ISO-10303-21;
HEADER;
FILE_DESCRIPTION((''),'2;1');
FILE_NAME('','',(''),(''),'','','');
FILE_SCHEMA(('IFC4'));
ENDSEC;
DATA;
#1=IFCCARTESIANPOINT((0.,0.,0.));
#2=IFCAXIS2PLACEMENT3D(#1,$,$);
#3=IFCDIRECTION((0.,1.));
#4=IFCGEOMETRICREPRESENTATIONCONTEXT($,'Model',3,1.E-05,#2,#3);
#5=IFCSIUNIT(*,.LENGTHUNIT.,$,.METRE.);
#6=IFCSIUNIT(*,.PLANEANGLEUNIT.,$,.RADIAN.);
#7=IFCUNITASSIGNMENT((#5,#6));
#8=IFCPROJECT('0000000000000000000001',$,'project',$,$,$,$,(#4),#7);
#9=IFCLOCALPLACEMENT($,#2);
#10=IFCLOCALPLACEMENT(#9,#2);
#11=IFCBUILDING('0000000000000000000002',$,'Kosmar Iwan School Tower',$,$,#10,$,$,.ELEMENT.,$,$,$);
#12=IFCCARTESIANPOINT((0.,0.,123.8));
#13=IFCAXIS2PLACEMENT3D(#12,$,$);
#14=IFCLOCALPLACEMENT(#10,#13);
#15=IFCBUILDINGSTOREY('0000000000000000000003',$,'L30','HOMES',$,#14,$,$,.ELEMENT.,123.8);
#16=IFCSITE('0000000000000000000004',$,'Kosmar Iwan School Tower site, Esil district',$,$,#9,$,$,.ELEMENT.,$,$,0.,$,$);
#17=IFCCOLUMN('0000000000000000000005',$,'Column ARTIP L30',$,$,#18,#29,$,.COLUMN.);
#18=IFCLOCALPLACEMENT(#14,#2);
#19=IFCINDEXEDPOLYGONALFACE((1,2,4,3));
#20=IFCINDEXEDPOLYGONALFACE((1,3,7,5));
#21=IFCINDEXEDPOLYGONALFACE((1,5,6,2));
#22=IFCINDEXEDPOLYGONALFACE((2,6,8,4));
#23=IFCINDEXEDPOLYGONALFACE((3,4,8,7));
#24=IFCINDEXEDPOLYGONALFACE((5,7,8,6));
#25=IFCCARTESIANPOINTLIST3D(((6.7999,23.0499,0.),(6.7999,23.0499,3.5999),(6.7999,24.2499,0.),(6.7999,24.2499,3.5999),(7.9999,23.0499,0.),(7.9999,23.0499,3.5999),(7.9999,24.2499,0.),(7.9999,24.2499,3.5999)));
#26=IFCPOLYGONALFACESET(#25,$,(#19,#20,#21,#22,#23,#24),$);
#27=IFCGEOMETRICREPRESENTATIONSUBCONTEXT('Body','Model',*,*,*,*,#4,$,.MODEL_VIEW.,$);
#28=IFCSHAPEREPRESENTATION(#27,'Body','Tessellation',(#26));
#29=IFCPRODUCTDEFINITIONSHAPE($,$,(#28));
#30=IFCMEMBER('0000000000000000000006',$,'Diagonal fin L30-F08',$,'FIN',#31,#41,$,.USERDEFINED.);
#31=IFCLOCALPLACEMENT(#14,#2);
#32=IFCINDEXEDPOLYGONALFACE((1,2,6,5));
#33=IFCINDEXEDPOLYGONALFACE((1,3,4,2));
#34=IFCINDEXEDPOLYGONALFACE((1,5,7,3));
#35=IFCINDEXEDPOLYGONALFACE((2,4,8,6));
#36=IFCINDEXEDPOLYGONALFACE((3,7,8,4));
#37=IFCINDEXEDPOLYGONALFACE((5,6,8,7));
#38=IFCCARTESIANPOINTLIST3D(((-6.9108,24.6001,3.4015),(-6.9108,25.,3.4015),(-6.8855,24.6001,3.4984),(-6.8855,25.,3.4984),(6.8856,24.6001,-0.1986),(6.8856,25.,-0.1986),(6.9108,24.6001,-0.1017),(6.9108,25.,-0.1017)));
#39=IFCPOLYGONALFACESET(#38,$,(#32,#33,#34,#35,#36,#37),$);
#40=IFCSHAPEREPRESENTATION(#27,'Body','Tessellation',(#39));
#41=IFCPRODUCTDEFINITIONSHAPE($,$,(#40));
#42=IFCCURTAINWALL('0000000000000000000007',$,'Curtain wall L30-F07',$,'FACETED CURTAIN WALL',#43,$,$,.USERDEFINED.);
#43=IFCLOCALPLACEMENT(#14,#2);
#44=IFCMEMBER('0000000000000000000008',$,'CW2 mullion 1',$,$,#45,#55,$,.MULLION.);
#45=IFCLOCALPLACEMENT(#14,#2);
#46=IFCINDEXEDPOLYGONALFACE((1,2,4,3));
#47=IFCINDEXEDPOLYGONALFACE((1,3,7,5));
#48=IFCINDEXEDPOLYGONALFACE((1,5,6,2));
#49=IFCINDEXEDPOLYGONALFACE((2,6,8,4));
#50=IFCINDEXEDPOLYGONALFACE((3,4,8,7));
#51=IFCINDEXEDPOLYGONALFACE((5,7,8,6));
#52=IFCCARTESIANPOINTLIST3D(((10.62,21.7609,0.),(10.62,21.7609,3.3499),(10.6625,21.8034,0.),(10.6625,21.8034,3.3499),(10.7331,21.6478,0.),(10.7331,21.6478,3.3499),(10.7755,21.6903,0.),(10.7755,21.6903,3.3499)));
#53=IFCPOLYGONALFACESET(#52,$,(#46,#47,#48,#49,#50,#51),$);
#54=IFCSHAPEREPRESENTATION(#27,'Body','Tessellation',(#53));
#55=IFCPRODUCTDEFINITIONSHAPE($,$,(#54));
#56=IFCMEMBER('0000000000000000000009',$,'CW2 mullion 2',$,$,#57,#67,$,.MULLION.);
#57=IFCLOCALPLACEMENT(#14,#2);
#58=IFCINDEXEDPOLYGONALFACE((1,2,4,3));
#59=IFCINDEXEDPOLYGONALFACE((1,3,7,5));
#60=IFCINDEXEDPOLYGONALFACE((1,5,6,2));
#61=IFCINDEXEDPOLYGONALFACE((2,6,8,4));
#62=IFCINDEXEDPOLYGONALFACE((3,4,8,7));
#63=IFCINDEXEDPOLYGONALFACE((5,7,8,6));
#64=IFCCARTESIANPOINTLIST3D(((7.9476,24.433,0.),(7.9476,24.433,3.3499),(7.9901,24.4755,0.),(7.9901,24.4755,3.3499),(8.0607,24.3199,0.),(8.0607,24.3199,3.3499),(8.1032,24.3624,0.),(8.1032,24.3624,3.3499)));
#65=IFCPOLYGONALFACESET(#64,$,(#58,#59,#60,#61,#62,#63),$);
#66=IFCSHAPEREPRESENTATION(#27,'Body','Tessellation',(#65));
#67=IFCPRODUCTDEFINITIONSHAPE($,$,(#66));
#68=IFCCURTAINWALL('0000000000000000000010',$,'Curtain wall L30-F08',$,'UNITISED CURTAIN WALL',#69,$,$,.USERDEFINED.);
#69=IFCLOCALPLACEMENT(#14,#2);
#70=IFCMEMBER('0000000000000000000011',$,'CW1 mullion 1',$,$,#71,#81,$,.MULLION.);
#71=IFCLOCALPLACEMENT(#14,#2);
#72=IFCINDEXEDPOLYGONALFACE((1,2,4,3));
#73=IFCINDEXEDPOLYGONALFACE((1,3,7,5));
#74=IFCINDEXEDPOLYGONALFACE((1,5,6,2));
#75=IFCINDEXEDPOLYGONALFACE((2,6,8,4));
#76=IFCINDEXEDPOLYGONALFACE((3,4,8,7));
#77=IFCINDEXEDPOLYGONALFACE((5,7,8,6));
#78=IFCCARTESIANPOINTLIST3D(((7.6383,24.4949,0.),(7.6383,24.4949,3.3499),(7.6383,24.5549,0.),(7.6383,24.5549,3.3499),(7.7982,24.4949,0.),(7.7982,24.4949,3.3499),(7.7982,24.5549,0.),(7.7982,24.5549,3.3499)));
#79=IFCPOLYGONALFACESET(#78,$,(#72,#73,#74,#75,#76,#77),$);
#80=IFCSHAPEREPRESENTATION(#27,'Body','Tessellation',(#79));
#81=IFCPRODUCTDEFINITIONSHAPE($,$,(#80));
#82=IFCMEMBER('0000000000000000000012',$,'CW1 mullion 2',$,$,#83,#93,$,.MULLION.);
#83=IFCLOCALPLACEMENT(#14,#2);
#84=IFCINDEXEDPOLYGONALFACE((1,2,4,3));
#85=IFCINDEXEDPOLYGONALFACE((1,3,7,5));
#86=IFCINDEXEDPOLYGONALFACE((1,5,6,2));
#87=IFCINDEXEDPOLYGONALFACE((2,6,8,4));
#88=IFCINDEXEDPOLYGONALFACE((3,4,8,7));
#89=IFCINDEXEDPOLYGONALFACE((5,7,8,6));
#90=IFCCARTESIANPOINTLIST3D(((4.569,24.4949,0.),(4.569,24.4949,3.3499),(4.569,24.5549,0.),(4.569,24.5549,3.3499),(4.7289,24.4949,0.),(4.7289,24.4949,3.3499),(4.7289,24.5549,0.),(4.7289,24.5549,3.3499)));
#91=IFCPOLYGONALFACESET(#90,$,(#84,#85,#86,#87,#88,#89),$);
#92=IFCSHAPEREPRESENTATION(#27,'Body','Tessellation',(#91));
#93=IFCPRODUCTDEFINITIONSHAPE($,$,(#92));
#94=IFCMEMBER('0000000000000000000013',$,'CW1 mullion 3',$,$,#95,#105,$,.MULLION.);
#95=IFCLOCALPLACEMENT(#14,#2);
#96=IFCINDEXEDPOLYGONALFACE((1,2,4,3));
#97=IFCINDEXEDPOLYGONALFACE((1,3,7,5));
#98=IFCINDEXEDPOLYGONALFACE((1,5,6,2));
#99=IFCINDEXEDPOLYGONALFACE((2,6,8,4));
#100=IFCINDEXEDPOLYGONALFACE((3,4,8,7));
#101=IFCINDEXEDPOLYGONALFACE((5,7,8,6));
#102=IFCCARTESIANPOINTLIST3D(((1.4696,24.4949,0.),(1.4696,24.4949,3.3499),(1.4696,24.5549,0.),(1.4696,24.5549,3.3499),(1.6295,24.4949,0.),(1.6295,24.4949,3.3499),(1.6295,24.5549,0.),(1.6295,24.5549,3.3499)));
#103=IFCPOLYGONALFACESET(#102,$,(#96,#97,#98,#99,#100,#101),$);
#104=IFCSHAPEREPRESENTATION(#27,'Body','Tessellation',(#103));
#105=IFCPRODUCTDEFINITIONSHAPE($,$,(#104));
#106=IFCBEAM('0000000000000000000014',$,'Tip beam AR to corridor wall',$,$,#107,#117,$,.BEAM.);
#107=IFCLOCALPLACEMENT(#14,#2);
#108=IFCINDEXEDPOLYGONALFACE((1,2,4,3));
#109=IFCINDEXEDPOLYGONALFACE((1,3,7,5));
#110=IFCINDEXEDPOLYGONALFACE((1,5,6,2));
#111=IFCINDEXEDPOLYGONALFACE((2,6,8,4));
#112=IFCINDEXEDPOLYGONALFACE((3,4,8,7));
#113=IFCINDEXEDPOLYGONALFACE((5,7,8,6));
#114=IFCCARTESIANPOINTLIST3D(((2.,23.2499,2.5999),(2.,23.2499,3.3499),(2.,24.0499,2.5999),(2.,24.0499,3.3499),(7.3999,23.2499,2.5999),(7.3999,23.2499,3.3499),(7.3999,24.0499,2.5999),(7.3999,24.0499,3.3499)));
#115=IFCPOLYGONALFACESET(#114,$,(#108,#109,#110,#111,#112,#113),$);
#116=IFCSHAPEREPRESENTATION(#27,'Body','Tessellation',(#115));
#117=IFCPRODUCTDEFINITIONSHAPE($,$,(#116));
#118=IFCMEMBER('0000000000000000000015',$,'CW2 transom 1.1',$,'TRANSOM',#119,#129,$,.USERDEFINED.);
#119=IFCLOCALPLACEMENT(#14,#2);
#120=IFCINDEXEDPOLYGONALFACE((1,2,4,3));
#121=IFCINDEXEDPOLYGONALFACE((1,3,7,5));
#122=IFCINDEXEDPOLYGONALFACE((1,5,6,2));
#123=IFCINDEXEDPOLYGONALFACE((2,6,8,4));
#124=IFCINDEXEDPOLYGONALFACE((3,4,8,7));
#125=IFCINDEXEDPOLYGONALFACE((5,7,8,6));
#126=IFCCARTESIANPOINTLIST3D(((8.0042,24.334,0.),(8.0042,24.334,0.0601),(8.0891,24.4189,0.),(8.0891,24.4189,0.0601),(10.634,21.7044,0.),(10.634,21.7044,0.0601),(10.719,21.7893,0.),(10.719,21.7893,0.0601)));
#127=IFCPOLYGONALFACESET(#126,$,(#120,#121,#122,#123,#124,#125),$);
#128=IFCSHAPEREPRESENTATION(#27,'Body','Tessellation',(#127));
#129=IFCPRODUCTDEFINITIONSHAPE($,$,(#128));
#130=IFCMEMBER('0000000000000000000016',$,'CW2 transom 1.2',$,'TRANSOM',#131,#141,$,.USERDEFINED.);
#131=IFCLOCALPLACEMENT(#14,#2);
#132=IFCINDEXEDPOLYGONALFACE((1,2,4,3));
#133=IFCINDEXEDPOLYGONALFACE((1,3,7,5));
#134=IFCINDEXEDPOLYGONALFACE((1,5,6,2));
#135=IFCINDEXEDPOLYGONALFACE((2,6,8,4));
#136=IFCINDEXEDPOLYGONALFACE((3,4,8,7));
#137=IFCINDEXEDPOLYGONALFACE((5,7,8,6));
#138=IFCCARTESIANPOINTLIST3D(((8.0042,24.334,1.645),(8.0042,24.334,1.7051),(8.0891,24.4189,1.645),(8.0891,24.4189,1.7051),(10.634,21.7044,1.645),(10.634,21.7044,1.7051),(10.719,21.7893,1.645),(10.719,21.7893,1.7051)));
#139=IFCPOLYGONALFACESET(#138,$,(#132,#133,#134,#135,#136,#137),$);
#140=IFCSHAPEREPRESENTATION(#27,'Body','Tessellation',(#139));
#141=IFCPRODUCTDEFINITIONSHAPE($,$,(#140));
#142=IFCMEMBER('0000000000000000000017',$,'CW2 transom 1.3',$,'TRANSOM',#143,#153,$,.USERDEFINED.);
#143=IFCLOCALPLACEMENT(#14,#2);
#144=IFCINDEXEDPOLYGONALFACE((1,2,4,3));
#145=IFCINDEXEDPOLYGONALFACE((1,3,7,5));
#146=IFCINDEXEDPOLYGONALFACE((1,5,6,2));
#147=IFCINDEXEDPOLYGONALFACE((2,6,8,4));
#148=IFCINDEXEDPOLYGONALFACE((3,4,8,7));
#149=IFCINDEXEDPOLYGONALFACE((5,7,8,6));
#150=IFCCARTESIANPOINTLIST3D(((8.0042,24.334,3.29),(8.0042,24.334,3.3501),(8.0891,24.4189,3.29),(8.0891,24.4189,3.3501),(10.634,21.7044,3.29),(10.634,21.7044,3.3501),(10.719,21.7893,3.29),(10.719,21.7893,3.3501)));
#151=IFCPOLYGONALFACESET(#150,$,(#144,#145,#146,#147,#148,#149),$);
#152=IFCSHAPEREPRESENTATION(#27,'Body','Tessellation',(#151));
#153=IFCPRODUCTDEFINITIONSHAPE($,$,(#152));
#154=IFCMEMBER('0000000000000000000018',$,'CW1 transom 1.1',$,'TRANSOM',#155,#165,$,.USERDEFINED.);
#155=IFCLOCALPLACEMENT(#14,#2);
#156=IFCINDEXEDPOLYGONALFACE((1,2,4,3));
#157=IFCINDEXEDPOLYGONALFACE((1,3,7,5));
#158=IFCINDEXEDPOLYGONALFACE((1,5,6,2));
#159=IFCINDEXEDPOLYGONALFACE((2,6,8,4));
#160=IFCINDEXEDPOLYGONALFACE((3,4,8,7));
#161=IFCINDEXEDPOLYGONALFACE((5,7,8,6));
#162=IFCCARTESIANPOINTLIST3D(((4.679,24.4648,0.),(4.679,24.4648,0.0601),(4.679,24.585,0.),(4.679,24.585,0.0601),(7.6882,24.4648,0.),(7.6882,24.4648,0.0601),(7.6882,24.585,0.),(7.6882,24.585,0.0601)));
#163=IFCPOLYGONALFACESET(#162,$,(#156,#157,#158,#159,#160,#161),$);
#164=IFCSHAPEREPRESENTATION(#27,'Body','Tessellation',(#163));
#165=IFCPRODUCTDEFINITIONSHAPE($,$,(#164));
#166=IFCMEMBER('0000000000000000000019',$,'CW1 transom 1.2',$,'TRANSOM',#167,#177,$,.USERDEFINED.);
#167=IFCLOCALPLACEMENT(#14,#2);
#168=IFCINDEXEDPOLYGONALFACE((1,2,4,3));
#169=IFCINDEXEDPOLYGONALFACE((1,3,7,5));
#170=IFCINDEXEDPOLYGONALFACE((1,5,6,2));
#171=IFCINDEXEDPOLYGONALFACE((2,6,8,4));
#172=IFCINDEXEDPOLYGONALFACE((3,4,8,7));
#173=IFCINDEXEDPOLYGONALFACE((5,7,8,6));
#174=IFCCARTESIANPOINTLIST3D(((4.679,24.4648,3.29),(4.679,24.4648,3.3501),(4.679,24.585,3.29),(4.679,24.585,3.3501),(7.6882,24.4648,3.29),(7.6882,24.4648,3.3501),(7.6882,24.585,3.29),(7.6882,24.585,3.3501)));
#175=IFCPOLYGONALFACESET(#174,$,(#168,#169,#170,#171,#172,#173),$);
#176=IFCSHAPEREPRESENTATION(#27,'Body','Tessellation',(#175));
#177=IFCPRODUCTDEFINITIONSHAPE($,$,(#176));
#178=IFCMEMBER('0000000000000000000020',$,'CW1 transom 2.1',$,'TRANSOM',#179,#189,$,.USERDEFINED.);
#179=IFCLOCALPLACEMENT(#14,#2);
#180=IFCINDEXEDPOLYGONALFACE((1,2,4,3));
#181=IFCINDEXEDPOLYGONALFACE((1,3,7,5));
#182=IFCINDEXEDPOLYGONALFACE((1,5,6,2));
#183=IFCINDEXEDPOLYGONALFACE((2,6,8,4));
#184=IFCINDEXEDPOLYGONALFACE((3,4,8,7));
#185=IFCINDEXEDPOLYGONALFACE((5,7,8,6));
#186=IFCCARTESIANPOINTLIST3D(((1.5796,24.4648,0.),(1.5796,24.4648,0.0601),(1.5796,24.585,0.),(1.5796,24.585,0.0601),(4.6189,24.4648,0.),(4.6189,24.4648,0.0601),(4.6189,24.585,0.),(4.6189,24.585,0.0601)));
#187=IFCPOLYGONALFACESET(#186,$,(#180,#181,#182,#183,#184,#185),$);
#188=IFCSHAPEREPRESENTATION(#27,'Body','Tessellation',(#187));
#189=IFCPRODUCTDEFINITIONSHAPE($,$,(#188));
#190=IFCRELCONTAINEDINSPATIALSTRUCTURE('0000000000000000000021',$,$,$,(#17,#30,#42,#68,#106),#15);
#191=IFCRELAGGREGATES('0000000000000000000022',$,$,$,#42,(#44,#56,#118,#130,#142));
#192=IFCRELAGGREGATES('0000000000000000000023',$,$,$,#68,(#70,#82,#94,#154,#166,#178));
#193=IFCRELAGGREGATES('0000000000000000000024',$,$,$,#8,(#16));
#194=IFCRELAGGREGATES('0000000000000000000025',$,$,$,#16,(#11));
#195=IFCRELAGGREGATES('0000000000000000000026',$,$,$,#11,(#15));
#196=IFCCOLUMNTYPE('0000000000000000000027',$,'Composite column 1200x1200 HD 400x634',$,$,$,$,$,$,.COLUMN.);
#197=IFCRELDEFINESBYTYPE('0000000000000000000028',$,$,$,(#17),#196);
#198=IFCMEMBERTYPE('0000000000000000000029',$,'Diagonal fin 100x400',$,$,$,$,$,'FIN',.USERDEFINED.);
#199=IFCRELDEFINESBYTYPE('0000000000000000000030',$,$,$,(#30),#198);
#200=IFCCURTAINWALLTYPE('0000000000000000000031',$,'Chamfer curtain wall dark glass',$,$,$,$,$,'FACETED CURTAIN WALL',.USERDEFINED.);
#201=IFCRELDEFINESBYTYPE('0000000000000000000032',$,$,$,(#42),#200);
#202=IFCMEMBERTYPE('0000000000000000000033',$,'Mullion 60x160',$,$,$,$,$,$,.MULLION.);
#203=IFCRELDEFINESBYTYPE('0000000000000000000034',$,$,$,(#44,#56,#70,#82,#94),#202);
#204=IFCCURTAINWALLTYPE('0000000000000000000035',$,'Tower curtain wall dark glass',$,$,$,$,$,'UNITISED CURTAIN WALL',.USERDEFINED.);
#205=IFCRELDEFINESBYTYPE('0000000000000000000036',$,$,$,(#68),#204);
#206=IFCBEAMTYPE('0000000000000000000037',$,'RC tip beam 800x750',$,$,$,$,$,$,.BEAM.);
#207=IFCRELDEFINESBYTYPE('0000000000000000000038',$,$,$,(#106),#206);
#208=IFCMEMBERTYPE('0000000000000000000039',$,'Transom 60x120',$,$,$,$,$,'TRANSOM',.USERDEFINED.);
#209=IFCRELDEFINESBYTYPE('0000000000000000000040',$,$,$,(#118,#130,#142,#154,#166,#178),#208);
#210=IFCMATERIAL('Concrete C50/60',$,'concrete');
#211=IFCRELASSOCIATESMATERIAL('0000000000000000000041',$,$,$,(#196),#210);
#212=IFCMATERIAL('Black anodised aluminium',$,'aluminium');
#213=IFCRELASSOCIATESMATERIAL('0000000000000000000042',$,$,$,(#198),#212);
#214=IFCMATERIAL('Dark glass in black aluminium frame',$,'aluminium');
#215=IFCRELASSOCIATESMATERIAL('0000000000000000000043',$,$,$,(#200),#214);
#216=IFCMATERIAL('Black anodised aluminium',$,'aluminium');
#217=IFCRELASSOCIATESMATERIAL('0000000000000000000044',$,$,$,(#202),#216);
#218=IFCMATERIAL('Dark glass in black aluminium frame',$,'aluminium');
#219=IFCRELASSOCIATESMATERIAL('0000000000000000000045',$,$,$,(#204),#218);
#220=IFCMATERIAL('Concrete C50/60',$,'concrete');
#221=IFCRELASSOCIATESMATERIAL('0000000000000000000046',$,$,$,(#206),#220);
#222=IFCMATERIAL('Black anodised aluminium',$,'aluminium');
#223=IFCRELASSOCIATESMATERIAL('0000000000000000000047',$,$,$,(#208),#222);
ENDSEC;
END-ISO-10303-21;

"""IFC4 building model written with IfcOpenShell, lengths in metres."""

from ifc_helpers import new_model, si_unit, direction, frame, origin, origin_2d, place, context, subcontext, project, spatial, rectangle, extrude, material, material_profile, profile_set, type_object, element, aggregate, save


model = new_model("IFC4")

# Units and contexts
model_context = context("Model", 3, precision=1e-05, world=origin(), true_north=direction((0.0, 1.0)))
body_context = subcontext(model_context, "Body", "Model", "MODEL_VIEW")
ifc_project = project(units=[si_unit("LENGTHUNIT", "METRE"), si_unit("PLANEANGLEUNIT", "RADIAN")], contexts=[model_context])

# Site, building, storey
site_placement = place(None, origin())
site = spatial("IfcSite", under=ifc_project, at=site_placement, Name="Kosmar Iwan School Tower site, Esil district", CompositionType="ELEMENT", RefElevation=0.0)
building_placement = place(site_placement, origin())
building = spatial("IfcBuilding", under=site, at=building_placement, Name="Kosmar Iwan School Tower", CompositionType="ELEMENT")
storey_placement = place(building_placement, frame((0.0, 0.0, 123.8)))
storey = spatial("IfcBuildingStorey", under=building, at=storey_placement, Name="L30", Description="HOMES", CompositionType="ELEMENT", Elevation=123.8)

# Column
ifc_material_1 = material(Name="Concrete C50/60", Category="concrete")
ifc_material_profile_1 = material_profile(ifc_material_1, rectangle(XDim=1.2, YDim=1.2, at=origin_2d()), Name="RC 1200x1200 + HD 400x634")
ifc_profile_set_1 = profile_set([ifc_material_profile_1], Name="Concrete C50/60")
column_type = type_object("IfcColumnType", Name="Composite column 1200x1200 HD 400x634", PredefinedType="COLUMN", material=ifc_profile_set_1)
column_placement = place(storey_placement, frame((7.3999, 23.6499, 0.0), z_axis=(0.0, 0.0, 1.0), x_axis=(0.0, 1.0, 0.0)))
element("IfcColumn", 1, at=column_placement, inside=storey, type_object=column_type, Name="Column ARTIP L30", PredefinedType="COLUMN", context=body_context, shape_type="SweptSolid", body=[
    extrude(rectangle(XDim=1.2, YDim=1.2, at=origin_2d()), origin(), (0.0, 0.0, 1.0), 3.5999),
])

# Member
ifc_material_2 = material(Name="Black anodised aluminium", Category="aluminium")
ifc_material_profile_2 = material_profile(ifc_material_2, rectangle(XDim=0.1001, YDim=0.3999, at=origin_2d()), Name="FIN 100x400")
ifc_profile_set_2 = profile_set([ifc_material_profile_2], Name="Black anodised aluminium")
member_type_1 = type_object("IfcMemberType", Name="Diagonal fin 100x400", ElementType="FIN", PredefinedType="USERDEFINED", material=ifc_profile_set_2)
member_1_placement = place(storey_placement, frame((6.8982, 24.8, -0.1501), z_axis=(-0.967599, 0.0, 0.25249), x_axis=(0.25249, 0.0, 0.967599)))
element("IfcMember", 2, at=member_1_placement, inside=storey, type_object=member_type_1, Name="Diagonal fin L30-F08", ObjectType="FIN", PredefinedType="USERDEFINED", context=body_context, shape_type="SweptSolid", body=[
    extrude(rectangle(XDim=0.1001, YDim=0.3999, at=origin_2d()), origin(), (0.0, 0.0, 1.0), 14.2583),
])

# Curtain walls, members
ifc_material_3 = material(Name="Dark glass in black aluminium frame", Category="aluminium")
curtain_wall_type_1 = type_object("IfcCurtainWallType", Name="Chamfer curtain wall dark glass", ElementType="FACETED CURTAIN WALL", PredefinedType="USERDEFINED", material=ifc_material_3)
curtain_wall_1_placement = place(storey_placement, origin())
curtain_wall_1 = element("IfcCurtainWall", 3, at=curtain_wall_1_placement, inside=storey, type_object=curtain_wall_type_1, Name="Curtain wall L30-F07", ObjectType="FACETED CURTAIN WALL", PredefinedType="USERDEFINED")
ifc_material_4 = material(Name="Black anodised aluminium", Category="aluminium")
ifc_material_profile_3 = material_profile(ifc_material_4, rectangle(XDim=0.0601, YDim=0.1599, at=origin_2d()), Name="MULLION 60x160")
ifc_profile_set_3 = profile_set([ifc_material_profile_3], Name="Black anodised aluminium")
member_type_2 = type_object("IfcMemberType", Name="Mullion 60x160", PredefinedType="MULLION", material=ifc_profile_set_3)
member_2_placement = place(storey_placement, frame((10.6978, 21.7256, 0.0), z_axis=(0.0, 0.0, 1.0), x_axis=(-0.707107, -0.707107, 0.0)))
member_2 = element("IfcMember", 4, at=member_2_placement, type_object=member_type_2, Name="CW2 mullion 1", PredefinedType="MULLION", context=body_context, shape_type="SweptSolid", body=[
    extrude(rectangle(XDim=0.0601, YDim=0.1599, at=origin_2d()), origin(), (0.0, 0.0, 1.0), 3.3499),
])
member_3_placement = place(storey_placement, frame((8.0254, 24.3977, 0.0), z_axis=(0.0, 0.0, 1.0), x_axis=(-0.707107, -0.707107, 0.0)))
member_3 = element("IfcMember", 5, at=member_3_placement, type_object=member_type_2, Name="CW2 mullion 2", PredefinedType="MULLION", context=body_context, shape_type="SweptSolid", body=[
    extrude(rectangle(XDim=0.0601, YDim=0.1599, at=origin_2d()), origin(), (0.0, 0.0, 1.0), 3.3499),
])
ifc_material_5 = material(Name="Dark glass in black aluminium frame", Category="aluminium")
curtain_wall_type_2 = type_object("IfcCurtainWallType", Name="Tower curtain wall dark glass", ElementType="UNITISED CURTAIN WALL", PredefinedType="USERDEFINED", material=ifc_material_5)
curtain_wall_2_placement = place(storey_placement, origin())
curtain_wall_2 = element("IfcCurtainWall", 6, at=curtain_wall_2_placement, inside=storey, type_object=curtain_wall_type_2, Name="Curtain wall L30-F08", ObjectType="UNITISED CURTAIN WALL", PredefinedType="USERDEFINED")
member_4_placement = place(storey_placement, frame((7.7183, 24.5249, 0.0), z_axis=(0.0, 0.0, 1.0), x_axis=(0.0, -1.0, 0.0)))
member_4 = element("IfcMember", 7, at=member_4_placement, type_object=member_type_2, Name="CW1 mullion 1", PredefinedType="MULLION", context=body_context, shape_type="SweptSolid", body=[
    extrude(rectangle(XDim=0.0601, YDim=0.1599, at=origin_2d()), origin(), (0.0, 0.0, 1.0), 3.3499),
])
member_5_placement = place(storey_placement, frame((4.6489, 24.5249, 0.0), z_axis=(0.0, 0.0, 1.0), x_axis=(0.0, -1.0, 0.0)))
member_5 = element("IfcMember", 8, at=member_5_placement, type_object=member_type_2, Name="CW1 mullion 2", PredefinedType="MULLION", context=body_context, shape_type="SweptSolid", body=[
    extrude(rectangle(XDim=0.0601, YDim=0.1599, at=origin_2d()), origin(), (0.0, 0.0, 1.0), 3.3499),
])
member_6_placement = place(storey_placement, frame((1.5496, 24.5249, 0.0), z_axis=(0.0, 0.0, 1.0), x_axis=(0.0, -1.0, 0.0)))
member_6 = element("IfcMember", 9, at=member_6_placement, type_object=member_type_2, Name="CW1 mullion 3", PredefinedType="MULLION", context=body_context, shape_type="SweptSolid", body=[
    extrude(rectangle(XDim=0.0601, YDim=0.1599, at=origin_2d()), origin(), (0.0, 0.0, 1.0), 3.3499),
])

# Beam
ifc_material_6 = material(Name="Concrete C50/60", Category="concrete")
ifc_material_profile_4 = material_profile(ifc_material_6, rectangle(XDim=0.8, YDim=0.75, at=origin_2d()), Name="RC 800x750")
ifc_profile_set_4 = profile_set([ifc_material_profile_4], Name="Concrete C50/60")
beam_type = type_object("IfcBeamType", Name="RC tip beam 800x750", PredefinedType="BEAM", material=ifc_profile_set_4)
beam_placement = place(storey_placement, frame((7.3999, 23.6499, 2.9749), z_axis=(-1.0, 0.0, 0.0), x_axis=(0.0, -1.0, 0.0)))
element("IfcBeam", 10, at=beam_placement, inside=storey, type_object=beam_type, Name="Tip beam AR to corridor wall", PredefinedType="BEAM", context=body_context, shape_type="SweptSolid", body=[
    extrude(rectangle(XDim=0.8, YDim=0.75, at=origin_2d()), origin(), (0.0, 0.0, 1.0), 5.3999),
])

# Members
ifc_material_7 = material(Name="Black anodised aluminium", Category="aluminium")
ifc_material_profile_5 = material_profile(ifc_material_7, rectangle(XDim=0.1201, YDim=0.0601, at=origin_2d()), Name="TRANSOM 60x120")
ifc_profile_set_5 = profile_set([ifc_material_profile_5], Name="Black anodised aluminium")
member_type_3 = type_object("IfcMemberType", Name="Transom 60x120", ElementType="TRANSOM", PredefinedType="USERDEFINED", material=ifc_profile_set_5)
member_7_placement = place(storey_placement, frame((10.6765, 21.7468, 0.03), z_axis=(-0.70714, 0.707074, 0.0), x_axis=(-0.707074, -0.70714, 0.0)))
member_7 = element("IfcMember", 11, at=member_7_placement, type_object=member_type_3, Name="CW2 transom 1.1", ObjectType="TRANSOM", PredefinedType="USERDEFINED", context=body_context, shape_type="SweptSolid", body=[
    extrude(rectangle(XDim=0.1201, YDim=0.0601, at=origin_2d()), origin(), (0.0, 0.0, 1.0), 3.719),
])
member_8_placement = place(storey_placement, frame((10.6765, 21.7468, 1.675), z_axis=(-0.70714, 0.707074, 0.0), x_axis=(-0.707074, -0.70714, 0.0)))
member_8 = element("IfcMember", 12, at=member_8_placement, type_object=member_type_3, Name="CW2 transom 1.2", ObjectType="TRANSOM", PredefinedType="USERDEFINED", context=body_context, shape_type="SweptSolid", body=[
    extrude(rectangle(XDim=0.1201, YDim=0.0601, at=origin_2d()), origin(), (0.0, 0.0, 1.0), 3.719),
])
member_9_placement = place(storey_placement, frame((10.6765, 21.7468, 3.3201), z_axis=(-0.70714, 0.707074, 0.0), x_axis=(-0.707074, -0.70714, 0.0)))
member_9 = element("IfcMember", 13, at=member_9_placement, type_object=member_type_3, Name="CW2 transom 1.3", ObjectType="TRANSOM", PredefinedType="USERDEFINED", context=body_context, shape_type="SweptSolid", body=[
    extrude(rectangle(XDim=0.1201, YDim=0.0601, at=origin_2d()), origin(), (0.0, 0.0, 1.0), 3.719),
])
member_10_placement = place(storey_placement, frame((7.6882, 24.5249, 0.03), z_axis=(-1.0, 0.0, 0.0), x_axis=(0.0, -1.0, 0.0)))
member_10 = element("IfcMember", 14, at=member_10_placement, type_object=member_type_3, Name="CW1 transom 1.1", ObjectType="TRANSOM", PredefinedType="USERDEFINED", context=body_context, shape_type="SweptSolid", body=[
    extrude(rectangle(XDim=0.1201, YDim=0.0601, at=origin_2d()), origin(), (0.0, 0.0, 1.0), 3.0093),
])
member_11_placement = place(storey_placement, frame((7.6882, 24.5249, 3.3201), z_axis=(-1.0, 0.0, 0.0), x_axis=(0.0, -1.0, 0.0)))
member_11 = element("IfcMember", 15, at=member_11_placement, type_object=member_type_3, Name="CW1 transom 1.2", ObjectType="TRANSOM", PredefinedType="USERDEFINED", context=body_context, shape_type="SweptSolid", body=[
    extrude(rectangle(XDim=0.1201, YDim=0.0601, at=origin_2d()), origin(), (0.0, 0.0, 1.0), 3.0093),
])
member_12_placement = place(storey_placement, frame((4.6189, 24.5249, 0.03), z_axis=(-1.0, 0.0, 0.0), x_axis=(0.0, -1.0, 0.0)))
member_12 = element("IfcMember", 16, at=member_12_placement, type_object=member_type_3, Name="CW1 transom 2.1", ObjectType="TRANSOM", PredefinedType="USERDEFINED", context=body_context, shape_type="SweptSolid", body=[
    extrude(rectangle(XDim=0.1201, YDim=0.0601, at=origin_2d()), origin(), (0.0, 0.0, 1.0), 3.0393),
])

aggregate(curtain_wall_1, [member_2, member_3, member_7, member_8, member_9])
aggregate(curtain_wall_2, [member_4, member_5, member_6, member_10, member_11, member_12])

save(model, "model.ifc")
